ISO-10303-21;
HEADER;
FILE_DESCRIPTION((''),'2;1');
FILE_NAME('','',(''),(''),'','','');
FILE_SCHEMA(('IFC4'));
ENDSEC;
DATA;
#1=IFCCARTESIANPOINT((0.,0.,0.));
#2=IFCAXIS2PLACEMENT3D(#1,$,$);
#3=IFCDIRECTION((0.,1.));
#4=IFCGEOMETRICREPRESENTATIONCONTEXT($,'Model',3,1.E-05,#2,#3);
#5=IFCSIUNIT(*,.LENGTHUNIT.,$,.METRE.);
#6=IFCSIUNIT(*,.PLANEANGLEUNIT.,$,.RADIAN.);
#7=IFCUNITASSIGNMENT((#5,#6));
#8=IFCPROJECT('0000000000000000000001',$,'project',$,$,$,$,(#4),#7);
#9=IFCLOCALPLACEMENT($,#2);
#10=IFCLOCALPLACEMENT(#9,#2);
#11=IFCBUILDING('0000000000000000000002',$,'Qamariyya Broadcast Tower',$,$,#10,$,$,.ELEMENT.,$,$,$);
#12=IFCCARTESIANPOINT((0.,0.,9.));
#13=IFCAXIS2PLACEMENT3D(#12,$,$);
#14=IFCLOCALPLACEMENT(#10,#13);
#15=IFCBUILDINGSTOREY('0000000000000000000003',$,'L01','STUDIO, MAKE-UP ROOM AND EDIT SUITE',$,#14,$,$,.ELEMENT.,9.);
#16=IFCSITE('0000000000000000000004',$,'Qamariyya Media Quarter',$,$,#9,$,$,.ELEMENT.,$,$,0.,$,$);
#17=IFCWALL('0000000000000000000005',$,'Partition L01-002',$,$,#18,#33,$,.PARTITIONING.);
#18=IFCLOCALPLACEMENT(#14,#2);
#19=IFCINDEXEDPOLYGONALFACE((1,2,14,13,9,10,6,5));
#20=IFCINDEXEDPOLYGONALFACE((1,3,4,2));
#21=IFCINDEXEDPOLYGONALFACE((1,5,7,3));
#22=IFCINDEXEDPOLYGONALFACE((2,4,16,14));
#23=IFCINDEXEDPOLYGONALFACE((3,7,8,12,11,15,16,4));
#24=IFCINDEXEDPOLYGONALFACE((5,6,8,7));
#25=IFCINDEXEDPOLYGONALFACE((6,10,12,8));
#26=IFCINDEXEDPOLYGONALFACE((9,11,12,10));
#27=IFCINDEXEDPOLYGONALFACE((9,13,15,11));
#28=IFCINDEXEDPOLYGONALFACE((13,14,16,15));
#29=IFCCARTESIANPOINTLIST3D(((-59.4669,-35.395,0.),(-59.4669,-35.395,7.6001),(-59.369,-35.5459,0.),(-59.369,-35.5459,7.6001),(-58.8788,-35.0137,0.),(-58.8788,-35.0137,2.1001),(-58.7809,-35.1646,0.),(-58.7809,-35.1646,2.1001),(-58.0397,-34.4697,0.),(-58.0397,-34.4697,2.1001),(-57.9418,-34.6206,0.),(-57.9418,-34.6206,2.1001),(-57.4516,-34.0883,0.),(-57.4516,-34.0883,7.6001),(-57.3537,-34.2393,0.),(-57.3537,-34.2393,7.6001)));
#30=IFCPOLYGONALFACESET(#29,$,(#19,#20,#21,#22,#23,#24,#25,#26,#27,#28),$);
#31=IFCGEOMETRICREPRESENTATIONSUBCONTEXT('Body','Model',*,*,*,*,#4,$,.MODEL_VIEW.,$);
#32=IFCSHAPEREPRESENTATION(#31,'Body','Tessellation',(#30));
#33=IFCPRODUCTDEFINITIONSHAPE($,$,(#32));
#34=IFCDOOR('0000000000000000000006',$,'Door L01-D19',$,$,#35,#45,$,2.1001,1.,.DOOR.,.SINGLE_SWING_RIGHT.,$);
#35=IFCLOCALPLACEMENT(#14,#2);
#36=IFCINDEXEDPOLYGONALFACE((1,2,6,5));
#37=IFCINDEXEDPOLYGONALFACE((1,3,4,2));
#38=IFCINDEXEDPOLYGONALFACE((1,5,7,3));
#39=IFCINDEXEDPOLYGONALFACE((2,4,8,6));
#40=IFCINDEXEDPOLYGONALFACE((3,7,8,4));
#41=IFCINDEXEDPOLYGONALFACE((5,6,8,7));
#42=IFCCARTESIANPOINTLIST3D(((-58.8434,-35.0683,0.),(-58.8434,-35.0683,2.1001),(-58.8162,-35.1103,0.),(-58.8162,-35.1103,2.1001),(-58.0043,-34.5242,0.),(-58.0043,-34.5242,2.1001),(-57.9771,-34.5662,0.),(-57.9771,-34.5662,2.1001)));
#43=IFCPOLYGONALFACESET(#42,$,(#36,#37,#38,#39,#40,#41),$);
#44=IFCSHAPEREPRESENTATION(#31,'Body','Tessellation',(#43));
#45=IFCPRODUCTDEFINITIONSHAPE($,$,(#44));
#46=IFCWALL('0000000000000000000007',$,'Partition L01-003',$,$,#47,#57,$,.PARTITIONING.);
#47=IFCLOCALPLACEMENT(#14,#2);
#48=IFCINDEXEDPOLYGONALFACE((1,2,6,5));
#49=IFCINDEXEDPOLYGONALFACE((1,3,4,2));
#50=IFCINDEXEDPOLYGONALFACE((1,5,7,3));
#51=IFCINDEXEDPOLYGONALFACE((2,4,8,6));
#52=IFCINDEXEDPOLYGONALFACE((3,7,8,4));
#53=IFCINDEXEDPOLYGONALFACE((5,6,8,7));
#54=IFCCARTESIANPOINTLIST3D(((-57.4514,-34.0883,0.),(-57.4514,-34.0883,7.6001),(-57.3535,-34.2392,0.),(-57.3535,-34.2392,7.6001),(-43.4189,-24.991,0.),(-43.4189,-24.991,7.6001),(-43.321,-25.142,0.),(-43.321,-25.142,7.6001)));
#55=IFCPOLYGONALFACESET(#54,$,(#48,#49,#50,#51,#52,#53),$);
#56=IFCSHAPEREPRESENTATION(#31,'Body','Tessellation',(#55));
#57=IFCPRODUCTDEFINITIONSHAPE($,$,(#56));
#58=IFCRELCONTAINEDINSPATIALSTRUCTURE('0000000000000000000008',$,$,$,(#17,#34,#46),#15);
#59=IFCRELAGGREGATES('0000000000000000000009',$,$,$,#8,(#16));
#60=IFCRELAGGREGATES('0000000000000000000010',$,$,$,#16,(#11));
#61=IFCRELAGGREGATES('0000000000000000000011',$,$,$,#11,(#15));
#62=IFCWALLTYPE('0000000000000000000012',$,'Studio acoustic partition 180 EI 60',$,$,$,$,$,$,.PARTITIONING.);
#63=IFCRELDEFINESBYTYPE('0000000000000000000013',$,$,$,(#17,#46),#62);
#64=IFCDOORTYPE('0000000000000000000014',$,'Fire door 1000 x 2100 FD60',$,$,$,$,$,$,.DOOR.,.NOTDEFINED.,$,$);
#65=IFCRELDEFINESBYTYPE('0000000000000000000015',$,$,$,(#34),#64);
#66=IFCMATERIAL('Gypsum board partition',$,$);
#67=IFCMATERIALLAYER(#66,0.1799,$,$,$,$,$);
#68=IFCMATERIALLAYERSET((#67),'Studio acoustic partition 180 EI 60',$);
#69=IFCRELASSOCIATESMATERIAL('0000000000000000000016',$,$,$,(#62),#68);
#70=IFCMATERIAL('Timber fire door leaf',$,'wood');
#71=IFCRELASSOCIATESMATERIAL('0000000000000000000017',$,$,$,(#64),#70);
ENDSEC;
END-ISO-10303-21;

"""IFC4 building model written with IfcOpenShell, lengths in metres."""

from ifc_helpers import new_model, si_unit, direction, frame, frame_2d, origin, place, context, subcontext, project, spatial, rectangle, extrude, material, layer, layer_set, type_object, element, fill, save


model = new_model("IFC4")

# Units and contexts
model_context = context("Model", 3, precision=1e-05, world=origin(), true_north=direction((0.0, 1.0)))
body_context = subcontext(model_context, "Body", "Model", "MODEL_VIEW")
ifc_project = project(units=[si_unit("LENGTHUNIT", "METRE"), si_unit("PLANEANGLEUNIT", "RADIAN")], contexts=[model_context])

# Site, building, storey
site_placement = place(None, origin())
site = spatial("IfcSite", under=ifc_project, at=site_placement, Name="Qamariyya Media Quarter", CompositionType="ELEMENT", RefElevation=0.0)
building_placement = place(site_placement, origin())
building = spatial("IfcBuilding", under=site, at=building_placement, Name="Qamariyya Broadcast Tower", CompositionType="ELEMENT")
storey_placement = place(building_placement, frame((0.0, 0.0, 9.0)))
storey = spatial("IfcBuildingStorey", under=building, at=storey_placement, Name="L01", Description="STUDIO, MAKE-UP ROOM AND EDIT SUITE", CompositionType="ELEMENT", Elevation=9.0)

# Shared definitions
ifc_material_1 = material(Name="Gypsum board partition")
ifc_layer_1 = layer(ifc_material_1, 0.1799)
ifc_layer_set_1 = layer_set([ifc_layer_1], Name="Studio acoustic partition 180 EI 60")
wall_type_1 = type_object("IfcWallType", Name="Studio acoustic partition 180 EI 60", PredefinedType="PARTITIONING", material=ifc_layer_set_1)

# Wall, opening, door
wall_1_placement = place(storey_placement, frame((-59.418, -35.4705, 0.0), z_axis=(0.0, 0.0, 1.0), x_axis=(0.839082, 0.544005, 0.0)))
wall_1 = element("IfcWall", 1, at=wall_1_placement, inside=storey, type_object=wall_type_1, Name="Partition L01-002", PredefinedType="PARTITIONING", context=body_context, shape_type="SweptSolid", body=[
    extrude(rectangle(XDim=2.4019, YDim=0.1799, at=frame_2d((1.2009, 0.0))), origin(), (0.0, 0.0, 1.0), 7.6001),
])
opening_placement = place(wall_1_placement, frame((0.7009, 0.0, 0.0)))
opening = element("IfcOpeningElement", 2, at=opening_placement, cuts=wall_1, PredefinedType="OPENING", context=body_context, shape_type="SweptSolid", body=[
    extrude(rectangle(XDim=1.0, YDim=2.1001, at=frame_2d((0.5, 1.05))), frame((0.0, 0.0999, 0.0), z_axis=(0.0, -1.0, 0.0), x_axis=(1.0, 0.0, 0.0)), (0.0, 0.0, 1.0), 0.2),
])
ifc_material_2 = material(Name="Timber fire door leaf", Category="wood")
door_type = type_object("IfcDoorType", Name="Fire door 1000 x 2100 FD60", OperationType="NOTDEFINED", PredefinedType="DOOR", material=ifc_material_2)
door_placement = place(opening_placement, origin())
door = element("IfcDoor", 3, at=door_placement, inside=storey, type_object=door_type, Name="Door L01-D19", OperationType="SINGLE_SWING_RIGHT", OverallHeight=2.1001, OverallWidth=1.0, PredefinedType="DOOR", context=body_context, shape_type="SweptSolid", body=[
    extrude(rectangle(XDim=1.0, YDim=2.1001, at=frame_2d((0.5, 1.05))), frame((0.0, 0.0249, 0.0), z_axis=(0.0, -1.0, 0.0), x_axis=(1.0, 0.0, 0.0)), (0.0, 0.0, 1.0), 0.05),
])
fill(opening, door)

# Wall
wall_2_placement = place(storey_placement, frame((-57.4026, -34.1638, 0.0), z_axis=(0.0, 0.0, 1.0), x_axis=(0.839097, 0.543982, 0.0)))
element("IfcWall", 4, at=wall_2_placement, inside=storey, type_object=wall_type_1, Name="Partition L01-003", PredefinedType="PARTITIONING", context=body_context, shape_type="SweptSolid", body=[
    extrude(rectangle(XDim=16.7234, YDim=0.1799, at=frame_2d((8.3618, 0.0))), origin(), (0.0, 0.0, 1.0), 7.6001),
])

save(model, "model.ifc")
